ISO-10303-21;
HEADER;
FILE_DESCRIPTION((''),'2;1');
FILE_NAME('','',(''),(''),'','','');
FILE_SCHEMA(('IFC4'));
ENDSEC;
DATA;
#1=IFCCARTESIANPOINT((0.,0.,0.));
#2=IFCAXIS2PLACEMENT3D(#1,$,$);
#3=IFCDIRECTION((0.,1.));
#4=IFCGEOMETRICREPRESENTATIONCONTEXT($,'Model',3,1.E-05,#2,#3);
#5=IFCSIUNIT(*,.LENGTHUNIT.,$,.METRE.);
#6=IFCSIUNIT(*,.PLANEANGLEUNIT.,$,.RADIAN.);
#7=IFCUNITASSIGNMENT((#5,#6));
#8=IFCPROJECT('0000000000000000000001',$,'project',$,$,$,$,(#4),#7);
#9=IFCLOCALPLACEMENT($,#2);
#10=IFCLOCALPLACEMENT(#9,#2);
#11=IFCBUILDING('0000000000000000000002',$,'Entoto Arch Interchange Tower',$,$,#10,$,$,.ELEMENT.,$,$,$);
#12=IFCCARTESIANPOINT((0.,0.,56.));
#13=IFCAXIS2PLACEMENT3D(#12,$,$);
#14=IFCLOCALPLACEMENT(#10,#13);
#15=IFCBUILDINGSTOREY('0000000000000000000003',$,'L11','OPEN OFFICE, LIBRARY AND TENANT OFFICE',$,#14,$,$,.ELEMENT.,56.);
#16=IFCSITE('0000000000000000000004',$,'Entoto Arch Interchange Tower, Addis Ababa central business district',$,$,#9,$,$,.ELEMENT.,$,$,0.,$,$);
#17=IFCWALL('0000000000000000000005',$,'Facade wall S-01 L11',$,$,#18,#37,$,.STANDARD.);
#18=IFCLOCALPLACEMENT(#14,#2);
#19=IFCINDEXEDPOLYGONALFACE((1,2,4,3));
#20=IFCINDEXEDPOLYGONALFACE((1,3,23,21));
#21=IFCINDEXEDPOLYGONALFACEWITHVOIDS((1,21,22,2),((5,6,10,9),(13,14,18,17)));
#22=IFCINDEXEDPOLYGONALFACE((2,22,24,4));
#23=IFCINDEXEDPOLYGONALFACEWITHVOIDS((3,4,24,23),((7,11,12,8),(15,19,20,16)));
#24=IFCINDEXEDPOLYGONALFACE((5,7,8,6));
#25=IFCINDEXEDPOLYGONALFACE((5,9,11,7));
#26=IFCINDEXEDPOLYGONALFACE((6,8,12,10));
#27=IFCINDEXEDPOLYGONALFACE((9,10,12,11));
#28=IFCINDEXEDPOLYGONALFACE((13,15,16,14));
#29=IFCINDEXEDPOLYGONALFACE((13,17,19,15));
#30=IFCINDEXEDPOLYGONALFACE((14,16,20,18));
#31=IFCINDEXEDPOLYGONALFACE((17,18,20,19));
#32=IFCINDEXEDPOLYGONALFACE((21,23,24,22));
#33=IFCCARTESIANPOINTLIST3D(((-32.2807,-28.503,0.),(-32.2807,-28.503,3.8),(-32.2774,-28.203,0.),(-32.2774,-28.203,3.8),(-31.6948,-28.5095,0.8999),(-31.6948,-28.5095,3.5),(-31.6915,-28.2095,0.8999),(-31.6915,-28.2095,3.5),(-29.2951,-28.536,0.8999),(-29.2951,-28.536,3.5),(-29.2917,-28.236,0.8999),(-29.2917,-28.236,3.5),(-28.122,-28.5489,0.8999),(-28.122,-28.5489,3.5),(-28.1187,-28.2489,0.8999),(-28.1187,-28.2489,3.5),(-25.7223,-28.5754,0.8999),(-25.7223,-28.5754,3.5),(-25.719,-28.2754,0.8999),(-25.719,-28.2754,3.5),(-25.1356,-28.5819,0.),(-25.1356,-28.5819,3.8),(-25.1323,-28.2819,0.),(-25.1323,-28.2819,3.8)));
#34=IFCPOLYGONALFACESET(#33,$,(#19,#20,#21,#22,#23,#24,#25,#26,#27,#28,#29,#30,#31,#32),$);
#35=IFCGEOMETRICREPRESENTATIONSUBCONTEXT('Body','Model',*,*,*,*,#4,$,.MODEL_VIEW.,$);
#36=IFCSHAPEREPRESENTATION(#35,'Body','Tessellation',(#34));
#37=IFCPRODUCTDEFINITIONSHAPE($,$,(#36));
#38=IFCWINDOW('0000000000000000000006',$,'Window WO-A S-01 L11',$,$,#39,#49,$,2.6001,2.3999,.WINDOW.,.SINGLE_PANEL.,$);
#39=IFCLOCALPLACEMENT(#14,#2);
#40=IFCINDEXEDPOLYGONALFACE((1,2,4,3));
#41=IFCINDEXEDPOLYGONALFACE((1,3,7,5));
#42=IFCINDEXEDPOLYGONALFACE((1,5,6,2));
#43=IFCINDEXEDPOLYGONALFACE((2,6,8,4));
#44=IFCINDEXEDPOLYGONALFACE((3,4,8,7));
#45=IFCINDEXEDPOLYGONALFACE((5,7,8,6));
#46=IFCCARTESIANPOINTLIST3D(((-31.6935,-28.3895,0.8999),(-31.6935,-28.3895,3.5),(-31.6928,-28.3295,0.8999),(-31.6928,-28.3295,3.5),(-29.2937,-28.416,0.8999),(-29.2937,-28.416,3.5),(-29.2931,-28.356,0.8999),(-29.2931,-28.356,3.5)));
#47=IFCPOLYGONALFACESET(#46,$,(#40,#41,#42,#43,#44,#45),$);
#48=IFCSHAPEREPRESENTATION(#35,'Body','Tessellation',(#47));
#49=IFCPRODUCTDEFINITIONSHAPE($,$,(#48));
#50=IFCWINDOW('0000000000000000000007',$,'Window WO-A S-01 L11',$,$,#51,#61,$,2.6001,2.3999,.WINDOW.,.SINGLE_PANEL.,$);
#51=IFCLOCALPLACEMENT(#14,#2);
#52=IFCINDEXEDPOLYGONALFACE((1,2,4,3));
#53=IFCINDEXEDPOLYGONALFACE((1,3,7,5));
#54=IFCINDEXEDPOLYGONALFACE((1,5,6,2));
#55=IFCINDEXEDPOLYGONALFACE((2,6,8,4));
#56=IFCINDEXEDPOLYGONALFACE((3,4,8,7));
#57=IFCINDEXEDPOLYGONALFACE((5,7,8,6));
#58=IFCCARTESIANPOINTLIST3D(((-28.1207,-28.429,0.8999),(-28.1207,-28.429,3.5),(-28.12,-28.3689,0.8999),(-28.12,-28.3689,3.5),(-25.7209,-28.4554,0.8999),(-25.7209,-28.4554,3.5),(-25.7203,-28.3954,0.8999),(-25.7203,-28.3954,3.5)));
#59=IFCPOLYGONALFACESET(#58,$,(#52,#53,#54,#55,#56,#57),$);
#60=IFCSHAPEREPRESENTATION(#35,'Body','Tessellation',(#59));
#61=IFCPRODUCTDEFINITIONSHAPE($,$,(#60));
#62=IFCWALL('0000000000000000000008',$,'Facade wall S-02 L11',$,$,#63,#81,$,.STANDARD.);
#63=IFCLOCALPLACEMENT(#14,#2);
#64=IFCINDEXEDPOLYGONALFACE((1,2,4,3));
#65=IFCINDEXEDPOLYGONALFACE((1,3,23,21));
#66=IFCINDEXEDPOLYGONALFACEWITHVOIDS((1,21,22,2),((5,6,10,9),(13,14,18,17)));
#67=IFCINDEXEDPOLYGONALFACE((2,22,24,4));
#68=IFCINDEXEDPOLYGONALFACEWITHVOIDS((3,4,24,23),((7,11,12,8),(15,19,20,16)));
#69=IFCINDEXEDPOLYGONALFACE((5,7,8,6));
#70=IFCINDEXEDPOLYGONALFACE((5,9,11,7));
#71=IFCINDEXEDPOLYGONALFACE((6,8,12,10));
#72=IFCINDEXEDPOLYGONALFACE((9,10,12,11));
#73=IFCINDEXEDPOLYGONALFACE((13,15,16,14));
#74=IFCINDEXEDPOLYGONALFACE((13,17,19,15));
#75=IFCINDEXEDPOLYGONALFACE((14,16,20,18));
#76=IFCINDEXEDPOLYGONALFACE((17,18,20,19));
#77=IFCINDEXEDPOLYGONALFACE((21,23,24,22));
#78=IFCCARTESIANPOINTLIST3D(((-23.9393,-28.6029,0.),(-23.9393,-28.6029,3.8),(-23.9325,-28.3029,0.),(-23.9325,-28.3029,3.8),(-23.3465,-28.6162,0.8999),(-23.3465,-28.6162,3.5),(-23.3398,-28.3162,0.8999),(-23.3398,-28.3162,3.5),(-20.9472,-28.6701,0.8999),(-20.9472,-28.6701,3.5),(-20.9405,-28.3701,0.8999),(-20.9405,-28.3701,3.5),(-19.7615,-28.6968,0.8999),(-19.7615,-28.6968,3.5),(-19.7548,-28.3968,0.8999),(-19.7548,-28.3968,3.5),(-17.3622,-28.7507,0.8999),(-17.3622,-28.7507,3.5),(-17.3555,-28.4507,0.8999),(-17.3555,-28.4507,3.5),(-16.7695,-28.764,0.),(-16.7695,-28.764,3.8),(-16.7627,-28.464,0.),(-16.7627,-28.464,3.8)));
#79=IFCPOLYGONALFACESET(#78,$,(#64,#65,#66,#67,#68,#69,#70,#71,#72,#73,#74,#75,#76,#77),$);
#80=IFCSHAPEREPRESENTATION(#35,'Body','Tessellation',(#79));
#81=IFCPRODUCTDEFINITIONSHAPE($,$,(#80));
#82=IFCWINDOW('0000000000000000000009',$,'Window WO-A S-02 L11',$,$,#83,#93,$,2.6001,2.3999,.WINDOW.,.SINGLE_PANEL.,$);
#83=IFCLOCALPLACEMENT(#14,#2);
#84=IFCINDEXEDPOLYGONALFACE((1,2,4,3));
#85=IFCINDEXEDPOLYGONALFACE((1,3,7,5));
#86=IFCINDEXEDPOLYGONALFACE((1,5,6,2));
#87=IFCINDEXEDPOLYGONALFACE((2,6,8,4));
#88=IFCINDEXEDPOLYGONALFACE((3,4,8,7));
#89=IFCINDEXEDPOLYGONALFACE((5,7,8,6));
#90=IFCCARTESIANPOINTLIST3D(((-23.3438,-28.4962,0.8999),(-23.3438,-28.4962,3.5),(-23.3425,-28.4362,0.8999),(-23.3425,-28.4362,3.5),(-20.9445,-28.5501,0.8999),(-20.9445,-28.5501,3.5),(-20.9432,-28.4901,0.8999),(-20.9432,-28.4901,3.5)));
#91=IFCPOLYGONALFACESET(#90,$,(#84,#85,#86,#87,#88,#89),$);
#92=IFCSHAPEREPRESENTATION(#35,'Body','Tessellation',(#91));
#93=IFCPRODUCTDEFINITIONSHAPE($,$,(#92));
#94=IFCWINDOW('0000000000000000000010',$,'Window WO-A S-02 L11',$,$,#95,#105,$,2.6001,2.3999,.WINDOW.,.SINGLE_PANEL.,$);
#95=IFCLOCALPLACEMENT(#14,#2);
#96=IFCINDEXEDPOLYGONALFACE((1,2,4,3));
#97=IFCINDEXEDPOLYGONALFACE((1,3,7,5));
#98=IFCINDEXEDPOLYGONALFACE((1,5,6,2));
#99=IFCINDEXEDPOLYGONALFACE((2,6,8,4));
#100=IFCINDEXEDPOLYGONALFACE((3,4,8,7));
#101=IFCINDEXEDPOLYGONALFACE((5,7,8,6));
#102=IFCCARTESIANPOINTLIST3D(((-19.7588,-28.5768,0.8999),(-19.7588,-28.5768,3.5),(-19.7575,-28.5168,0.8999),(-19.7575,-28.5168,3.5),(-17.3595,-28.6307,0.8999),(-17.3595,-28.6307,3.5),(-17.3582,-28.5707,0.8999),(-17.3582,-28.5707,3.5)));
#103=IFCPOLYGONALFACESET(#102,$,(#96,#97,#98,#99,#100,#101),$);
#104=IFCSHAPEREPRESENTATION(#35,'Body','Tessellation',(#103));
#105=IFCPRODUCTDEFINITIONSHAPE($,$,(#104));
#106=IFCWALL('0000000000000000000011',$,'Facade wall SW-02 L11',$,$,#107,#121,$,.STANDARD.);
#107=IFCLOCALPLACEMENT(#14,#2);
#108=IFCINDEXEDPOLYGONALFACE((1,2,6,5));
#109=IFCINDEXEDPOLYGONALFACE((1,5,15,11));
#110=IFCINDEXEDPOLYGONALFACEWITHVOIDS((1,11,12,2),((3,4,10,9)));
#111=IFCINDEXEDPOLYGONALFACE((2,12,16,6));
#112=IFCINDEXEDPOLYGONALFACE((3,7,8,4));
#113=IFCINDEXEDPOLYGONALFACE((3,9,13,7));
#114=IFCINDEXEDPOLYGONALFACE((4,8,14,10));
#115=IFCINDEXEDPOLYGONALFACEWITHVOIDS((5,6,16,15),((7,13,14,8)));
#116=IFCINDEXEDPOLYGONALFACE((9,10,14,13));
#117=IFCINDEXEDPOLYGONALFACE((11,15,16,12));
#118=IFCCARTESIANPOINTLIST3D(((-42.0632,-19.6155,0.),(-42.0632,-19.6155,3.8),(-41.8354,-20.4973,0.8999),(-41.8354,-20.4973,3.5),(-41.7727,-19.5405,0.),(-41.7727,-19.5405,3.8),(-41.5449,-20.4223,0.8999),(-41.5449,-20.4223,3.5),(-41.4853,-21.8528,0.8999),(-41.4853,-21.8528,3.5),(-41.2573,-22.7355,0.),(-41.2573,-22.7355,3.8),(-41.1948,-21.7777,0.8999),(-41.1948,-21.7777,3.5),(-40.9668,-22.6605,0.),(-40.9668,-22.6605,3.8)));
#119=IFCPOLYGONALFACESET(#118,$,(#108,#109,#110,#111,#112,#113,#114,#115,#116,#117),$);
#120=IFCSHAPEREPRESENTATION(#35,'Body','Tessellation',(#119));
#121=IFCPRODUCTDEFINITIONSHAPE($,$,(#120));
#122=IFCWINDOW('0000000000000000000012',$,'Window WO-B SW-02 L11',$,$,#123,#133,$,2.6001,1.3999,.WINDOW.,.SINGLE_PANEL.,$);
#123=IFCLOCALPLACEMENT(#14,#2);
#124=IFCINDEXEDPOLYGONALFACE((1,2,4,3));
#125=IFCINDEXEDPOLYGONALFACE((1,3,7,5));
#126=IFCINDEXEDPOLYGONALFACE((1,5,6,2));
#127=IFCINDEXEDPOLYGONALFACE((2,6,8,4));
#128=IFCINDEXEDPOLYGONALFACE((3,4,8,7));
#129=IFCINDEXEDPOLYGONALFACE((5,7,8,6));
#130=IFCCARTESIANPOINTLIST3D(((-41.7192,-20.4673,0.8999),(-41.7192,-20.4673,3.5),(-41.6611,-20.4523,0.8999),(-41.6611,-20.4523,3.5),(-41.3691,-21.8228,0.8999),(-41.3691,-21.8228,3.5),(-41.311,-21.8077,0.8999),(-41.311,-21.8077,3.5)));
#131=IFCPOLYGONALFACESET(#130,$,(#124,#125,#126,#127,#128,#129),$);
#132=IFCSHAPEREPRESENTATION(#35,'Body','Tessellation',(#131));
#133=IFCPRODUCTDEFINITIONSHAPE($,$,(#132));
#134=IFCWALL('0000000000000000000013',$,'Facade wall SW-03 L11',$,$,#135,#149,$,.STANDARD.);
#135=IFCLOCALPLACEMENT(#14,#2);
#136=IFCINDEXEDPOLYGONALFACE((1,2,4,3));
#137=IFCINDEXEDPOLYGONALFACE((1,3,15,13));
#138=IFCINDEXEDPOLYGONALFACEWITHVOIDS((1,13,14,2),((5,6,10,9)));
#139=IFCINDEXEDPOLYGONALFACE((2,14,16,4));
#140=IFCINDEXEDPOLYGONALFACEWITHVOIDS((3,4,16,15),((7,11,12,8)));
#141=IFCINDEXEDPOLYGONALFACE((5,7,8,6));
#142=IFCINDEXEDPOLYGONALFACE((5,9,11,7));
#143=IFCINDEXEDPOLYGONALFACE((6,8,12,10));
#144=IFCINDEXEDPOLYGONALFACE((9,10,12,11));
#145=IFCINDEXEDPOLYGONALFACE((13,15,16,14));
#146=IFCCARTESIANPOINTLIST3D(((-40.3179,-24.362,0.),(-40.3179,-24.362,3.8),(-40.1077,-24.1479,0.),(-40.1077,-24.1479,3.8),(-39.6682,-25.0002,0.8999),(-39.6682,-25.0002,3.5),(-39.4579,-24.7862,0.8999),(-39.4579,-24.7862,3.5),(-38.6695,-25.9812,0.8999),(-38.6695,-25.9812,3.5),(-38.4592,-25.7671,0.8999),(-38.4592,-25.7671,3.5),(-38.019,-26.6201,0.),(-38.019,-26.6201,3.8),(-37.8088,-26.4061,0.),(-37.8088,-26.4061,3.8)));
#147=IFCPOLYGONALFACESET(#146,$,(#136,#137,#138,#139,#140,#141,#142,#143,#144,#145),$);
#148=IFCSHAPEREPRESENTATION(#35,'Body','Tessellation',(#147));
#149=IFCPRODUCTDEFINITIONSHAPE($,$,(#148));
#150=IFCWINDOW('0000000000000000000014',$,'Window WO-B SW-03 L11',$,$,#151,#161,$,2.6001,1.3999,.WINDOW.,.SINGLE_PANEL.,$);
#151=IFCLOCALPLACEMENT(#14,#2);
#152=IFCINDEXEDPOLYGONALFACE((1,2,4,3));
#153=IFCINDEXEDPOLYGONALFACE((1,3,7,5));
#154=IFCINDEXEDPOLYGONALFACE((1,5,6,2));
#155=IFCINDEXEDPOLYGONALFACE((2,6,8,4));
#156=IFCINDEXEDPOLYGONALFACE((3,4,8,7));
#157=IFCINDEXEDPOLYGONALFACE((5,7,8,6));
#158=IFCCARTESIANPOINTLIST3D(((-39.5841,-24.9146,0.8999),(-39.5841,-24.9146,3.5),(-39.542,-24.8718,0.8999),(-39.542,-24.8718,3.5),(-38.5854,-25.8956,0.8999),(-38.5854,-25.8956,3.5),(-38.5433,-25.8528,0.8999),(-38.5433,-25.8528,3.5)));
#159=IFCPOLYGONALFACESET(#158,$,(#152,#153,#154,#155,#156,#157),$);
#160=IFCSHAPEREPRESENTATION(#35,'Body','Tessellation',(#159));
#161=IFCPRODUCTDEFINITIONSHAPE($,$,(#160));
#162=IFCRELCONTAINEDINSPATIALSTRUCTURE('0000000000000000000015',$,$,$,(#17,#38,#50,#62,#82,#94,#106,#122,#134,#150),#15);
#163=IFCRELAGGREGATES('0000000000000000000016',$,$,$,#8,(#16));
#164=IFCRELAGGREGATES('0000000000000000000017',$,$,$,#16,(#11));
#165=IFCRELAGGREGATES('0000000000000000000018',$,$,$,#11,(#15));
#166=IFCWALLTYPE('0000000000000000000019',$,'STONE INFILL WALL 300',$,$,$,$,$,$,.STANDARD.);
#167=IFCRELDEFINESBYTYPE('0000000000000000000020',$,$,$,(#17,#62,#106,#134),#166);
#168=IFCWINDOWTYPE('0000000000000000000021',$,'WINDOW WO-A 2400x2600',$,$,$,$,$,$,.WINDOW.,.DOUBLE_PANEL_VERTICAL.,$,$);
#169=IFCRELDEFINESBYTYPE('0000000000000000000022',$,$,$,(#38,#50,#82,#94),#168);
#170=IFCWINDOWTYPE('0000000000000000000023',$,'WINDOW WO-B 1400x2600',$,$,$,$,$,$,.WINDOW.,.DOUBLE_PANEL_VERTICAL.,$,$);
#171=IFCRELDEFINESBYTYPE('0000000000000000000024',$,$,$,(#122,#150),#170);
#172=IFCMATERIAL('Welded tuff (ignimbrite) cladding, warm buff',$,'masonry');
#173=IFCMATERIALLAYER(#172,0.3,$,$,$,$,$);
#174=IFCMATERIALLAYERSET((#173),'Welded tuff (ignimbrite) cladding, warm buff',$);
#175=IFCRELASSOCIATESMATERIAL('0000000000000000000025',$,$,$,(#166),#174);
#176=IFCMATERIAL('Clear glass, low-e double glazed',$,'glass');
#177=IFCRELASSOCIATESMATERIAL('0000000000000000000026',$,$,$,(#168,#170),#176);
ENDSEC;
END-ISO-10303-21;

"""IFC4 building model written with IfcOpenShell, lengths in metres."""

from ifc_helpers import new_model, si_unit, direction, frame, frame_2d, origin, place, context, subcontext, project, spatial, rectangle, extrude, material, layer, layer_set, type_object, element, fill, save


model = new_model("IFC4")

# Units and contexts
model_context = context("Model", 3, precision=1e-05, world=origin(), true_north=direction((0.0, 1.0)))
body_context = subcontext(model_context, "Body", "Model", "MODEL_VIEW")
ifc_project = project(units=[si_unit("LENGTHUNIT", "METRE"), si_unit("PLANEANGLEUNIT", "RADIAN")], contexts=[model_context])

# Site, building, storey
site_placement = place(None, origin())
site = spatial("IfcSite", under=ifc_project, at=site_placement, Name="Entoto Arch Interchange Tower, Addis Ababa central business district", CompositionType="ELEMENT", RefElevation=0.0)
building_placement = place(site_placement, origin())
building = spatial("IfcBuilding", under=site, at=building_placement, Name="Entoto Arch Interchange Tower", CompositionType="ELEMENT")
storey_placement = place(building_placement, frame((0.0, 0.0, 56.0)))
storey = spatial("IfcBuildingStorey", under=building, at=storey_placement, Name="L11", Description="OPEN OFFICE, LIBRARY AND TENANT OFFICE", CompositionType="ELEMENT", Elevation=56.0)

# Walls, openings, windows
ifc_material_1 = material(Name="Welded tuff (ignimbrite) cladding, warm buff", Category="masonry")
ifc_layer_1 = layer(ifc_material_1, 0.3)
ifc_layer_set_1 = layer_set([ifc_layer_1], Name="Welded tuff (ignimbrite) cladding, warm buff")
wall_type_1 = type_object("IfcWallType", Name="STONE INFILL WALL 300", PredefinedType="STANDARD", material=ifc_layer_set_1)
wall_1_placement = place(storey_placement, frame((-32.2791, -28.353, 0.0), z_axis=(0.0, 0.0, 1.0), x_axis=(0.999939, -0.011036, 0.0)))
wall_1 = element("IfcWall", 1, at=wall_1_placement, inside=storey, type_object=wall_type_1, Name="Facade wall S-01 L11", PredefinedType="STANDARD", context=body_context, shape_type="SweptSolid", body=[
    extrude(rectangle(XDim=7.1455, YDim=0.3, at=frame_2d((3.5728, 0.0))), origin(), (0.0, 0.0, 1.0), 3.8),
])
opening_1_placement = place(wall_1_placement, frame((0.5859, 0.0, 0.8999)))
opening_1 = element("IfcOpeningElement", 2, at=opening_1_placement, cuts=wall_1, PredefinedType="OPENING", context=body_context, shape_type="SweptSolid", body=[
    extrude(rectangle(XDim=2.3999, YDim=2.6001, at=frame_2d((1.2, 1.3))), frame((0.0, 0.1602, 0.0), z_axis=(0.0, -1.0, 0.0), x_axis=(1.0, 0.0, 0.0)), (0.0, 0.0, 1.0), 0.3201),
])
opening_2_placement = place(wall_1_placement, frame((4.1589, 0.0, 0.8999)))
opening_2 = element("IfcOpeningElement", 3, at=opening_2_placement, cuts=wall_1, PredefinedType="OPENING", context=body_context, shape_type="SweptSolid", body=[
    extrude(rectangle(XDim=2.3999, YDim=2.6001, at=frame_2d((1.2, 1.3))), frame((0.0, 0.1602, 0.0), z_axis=(0.0, -1.0, 0.0), x_axis=(1.0, 0.0, 0.0)), (0.0, 0.0, 1.0), 0.3201),
])
ifc_material_2 = material(Name="Clear glass, low-e double glazed", Category="glass")
window_type_1 = type_object("IfcWindowType", Name="WINDOW WO-A 2400x2600", PartitioningType="DOUBLE_PANEL_VERTICAL", PredefinedType="WINDOW", material=ifc_material_2)
window_1_placement = place(opening_1_placement, origin())
window_1 = element("IfcWindow", 4, at=window_1_placement, inside=storey, type_object=window_type_1, Name="Window WO-A S-01 L11", OverallHeight=2.6001, OverallWidth=2.3999, PartitioningType="SINGLE_PANEL", PredefinedType="WINDOW", context=body_context, shape_type="SweptSolid", body=[
    extrude(rectangle(XDim=2.3999, YDim=2.6001, at=frame_2d((1.2, 1.3))), frame((0.0, 0.03, 0.0), z_axis=(0.0, -1.0, 0.0), x_axis=(1.0, 0.0, 0.0)), (0.0, 0.0, 1.0), 0.0601),
])
fill(opening_1, window_1)
window_2_placement = place(opening_2_placement, origin())
window_2 = element("IfcWindow", 5, at=window_2_placement, inside=storey, type_object=window_type_1, Name="Window WO-A S-01 L11", OverallHeight=2.6001, OverallWidth=2.3999, PartitioningType="SINGLE_PANEL", PredefinedType="WINDOW", context=body_context, shape_type="SweptSolid", body=[
    extrude(rectangle(XDim=2.3999, YDim=2.6001, at=frame_2d((1.2, 1.3))), frame((0.0, 0.03, 0.0), z_axis=(0.0, -1.0, 0.0), x_axis=(1.0, 0.0, 0.0)), (0.0, 0.0, 1.0), 0.0601),
])
fill(opening_2, window_2)
wall_2_placement = place(storey_placement, frame((-23.936, -28.4529, 0.0), z_axis=(0.0, 0.0, 1.0), x_axis=(0.999748, -0.022468, 0.0)))
wall_2 = element("IfcWall", 6, at=wall_2_placement, inside=storey, type_object=wall_type_1, Name="Facade wall S-02 L11", PredefinedType="STANDARD", context=body_context, shape_type="SweptSolid", body=[
    extrude(rectangle(XDim=7.1716, YDim=0.3, at=frame_2d((3.5859, 0.0))), origin(), (0.0, 0.0, 1.0), 3.8),
])
opening_3_placement = place(wall_2_placement, frame((0.593, 0.0, 0.8999)))
opening_3 = element("IfcOpeningElement", 7, at=opening_3_placement, cuts=wall_2, PredefinedType="OPENING", context=body_context, shape_type="SweptSolid", body=[
    extrude(rectangle(XDim=2.3999, YDim=2.6001, at=frame_2d((1.2, 1.3))), frame((0.0, 0.1602, 0.0), z_axis=(0.0, -1.0, 0.0), x_axis=(1.0, 0.0, 0.0)), (0.0, 0.0, 1.0), 0.3201),
])
opening_4_placement = place(wall_2_placement, frame((4.179, 0.0, 0.8999)))
opening_4 = element("IfcOpeningElement", 8, at=opening_4_placement, cuts=wall_2, PredefinedType="OPENING", context=body_context, shape_type="SweptSolid", body=[
    extrude(rectangle(XDim=2.3999, YDim=2.6001, at=frame_2d((1.2, 1.3))), frame((0.0, 0.1602, 0.0), z_axis=(0.0, -1.0, 0.0), x_axis=(1.0, 0.0, 0.0)), (0.0, 0.0, 1.0), 0.3201),
])
window_3_placement = place(opening_3_placement, origin())
window_3 = element("IfcWindow", 9, at=window_3_placement, inside=storey, type_object=window_type_1, Name="Window WO-A S-02 L11", OverallHeight=2.6001, OverallWidth=2.3999, PartitioningType="SINGLE_PANEL", PredefinedType="WINDOW", context=body_context, shape_type="SweptSolid", body=[
    extrude(rectangle(XDim=2.3999, YDim=2.6001, at=frame_2d((1.2, 1.3))), frame((0.0, 0.03, 0.0), z_axis=(0.0, -1.0, 0.0), x_axis=(1.0, 0.0, 0.0)), (0.0, 0.0, 1.0), 0.0601),
])
fill(opening_3, window_3)
window_4_placement = place(opening_4_placement, origin())
window_4 = element("IfcWindow", 10, at=window_4_placement, inside=storey, type_object=window_type_1, Name="Window WO-A S-02 L11", OverallHeight=2.6001, OverallWidth=2.3999, PartitioningType="SINGLE_PANEL", PredefinedType="WINDOW", context=body_context, shape_type="SweptSolid", body=[
    extrude(rectangle(XDim=2.3999, YDim=2.6001, at=frame_2d((1.2, 1.3))), frame((0.0, 0.03, 0.0), z_axis=(0.0, -1.0, 0.0), x_axis=(1.0, 0.0, 0.0)), (0.0, 0.0, 1.0), 0.0601),
])
fill(opening_4, window_4)

# Walls, openings, windows
wall_3_placement = place(storey_placement, frame((-41.918, -19.5779, 0.0), z_axis=(0.0, 0.0, 1.0), x_axis=(0.250087, -0.968223, 0.0)))
wall_3 = element("IfcWall", 11, at=wall_3_placement, inside=storey, type_object=wall_type_1, Name="Facade wall SW-02 L11", PredefinedType="STANDARD", context=body_context, shape_type="SweptSolid", body=[
    extrude(rectangle(XDim=3.2224, YDim=0.3, at=frame_2d((1.6113, 0.0))), origin(), (0.0, 0.0, 1.0), 3.8),
])
opening_5_placement = place(wall_3_placement, frame((0.9109, 0.0, 0.8999)))
opening_5 = element("IfcOpeningElement", 12, at=opening_5_placement, cuts=wall_3, PredefinedType="OPENING", context=body_context, shape_type="SweptSolid", body=[
    extrude(rectangle(XDim=1.3999, YDim=2.6001, at=frame_2d((0.7, 1.3))), frame((0.0, 0.1602, 0.0), z_axis=(0.0, -1.0, 0.0), x_axis=(1.0, 0.0, 0.0)), (0.0, 0.0, 1.0), 0.3201),
])
window_type_2 = type_object("IfcWindowType", Name="WINDOW WO-B 1400x2600", PartitioningType="DOUBLE_PANEL_VERTICAL", PredefinedType="WINDOW", material=ifc_material_2)
window_5_placement = place(opening_5_placement, origin())
window_5 = element("IfcWindow", 13, at=window_5_placement, inside=storey, type_object=window_type_2, Name="Window WO-B SW-02 L11", OverallHeight=2.6001, OverallWidth=1.3999, PartitioningType="SINGLE_PANEL", PredefinedType="WINDOW", context=body_context, shape_type="SweptSolid", body=[
    extrude(rectangle(XDim=1.3999, YDim=2.6001, at=frame_2d((0.7, 1.3))), frame((0.0, 0.03, 0.0), z_axis=(0.0, -1.0, 0.0), x_axis=(1.0, 0.0, 0.0)), (0.0, 0.0, 1.0), 0.0601),
])
fill(opening_5, window_5)
wall_4_placement = place(storey_placement, frame((-40.2129, -24.2549, 0.0), z_axis=(0.0, 0.0, 1.0), x_axis=(0.713405, -0.700752, 0.0)))
wall_4 = element("IfcWall", 14, at=wall_4_placement, inside=storey, type_object=wall_type_1, Name="Facade wall SW-03 L11", PredefinedType="STANDARD", context=body_context, shape_type="SweptSolid", body=[
    extrude(rectangle(XDim=3.2224, YDim=0.3, at=frame_2d((1.6113, 0.0))), origin(), (0.0, 0.0, 1.0), 3.8),
])
opening_6_placement = place(wall_4_placement, frame((0.9109, 0.0, 0.8999)))
opening_6 = element("IfcOpeningElement", 15, at=opening_6_placement, cuts=wall_4, PredefinedType="OPENING", context=body_context, shape_type="SweptSolid", body=[
    extrude(rectangle(XDim=1.3999, YDim=2.6001, at=frame_2d((0.7, 1.3))), frame((0.0, 0.1602, 0.0), z_axis=(0.0, -1.0, 0.0), x_axis=(1.0, 0.0, 0.0)), (0.0, 0.0, 1.0), 0.3201),
])
window_6_placement = place(opening_6_placement, origin())
window_6 = element("IfcWindow", 16, at=window_6_placement, inside=storey, type_object=window_type_2, Name="Window WO-B SW-03 L11", OverallHeight=2.6001, OverallWidth=1.3999, PartitioningType="SINGLE_PANEL", PredefinedType="WINDOW", context=body_context, shape_type="SweptSolid", body=[
    extrude(rectangle(XDim=1.3999, YDim=2.6001, at=frame_2d((0.7, 1.3))), frame((0.0, 0.03, 0.0), z_axis=(0.0, -1.0, 0.0), x_axis=(1.0, 0.0, 0.0)), (0.0, 0.0, 1.0), 0.0601),
])
fill(opening_6, window_6)

save(model, "model.ifc")
